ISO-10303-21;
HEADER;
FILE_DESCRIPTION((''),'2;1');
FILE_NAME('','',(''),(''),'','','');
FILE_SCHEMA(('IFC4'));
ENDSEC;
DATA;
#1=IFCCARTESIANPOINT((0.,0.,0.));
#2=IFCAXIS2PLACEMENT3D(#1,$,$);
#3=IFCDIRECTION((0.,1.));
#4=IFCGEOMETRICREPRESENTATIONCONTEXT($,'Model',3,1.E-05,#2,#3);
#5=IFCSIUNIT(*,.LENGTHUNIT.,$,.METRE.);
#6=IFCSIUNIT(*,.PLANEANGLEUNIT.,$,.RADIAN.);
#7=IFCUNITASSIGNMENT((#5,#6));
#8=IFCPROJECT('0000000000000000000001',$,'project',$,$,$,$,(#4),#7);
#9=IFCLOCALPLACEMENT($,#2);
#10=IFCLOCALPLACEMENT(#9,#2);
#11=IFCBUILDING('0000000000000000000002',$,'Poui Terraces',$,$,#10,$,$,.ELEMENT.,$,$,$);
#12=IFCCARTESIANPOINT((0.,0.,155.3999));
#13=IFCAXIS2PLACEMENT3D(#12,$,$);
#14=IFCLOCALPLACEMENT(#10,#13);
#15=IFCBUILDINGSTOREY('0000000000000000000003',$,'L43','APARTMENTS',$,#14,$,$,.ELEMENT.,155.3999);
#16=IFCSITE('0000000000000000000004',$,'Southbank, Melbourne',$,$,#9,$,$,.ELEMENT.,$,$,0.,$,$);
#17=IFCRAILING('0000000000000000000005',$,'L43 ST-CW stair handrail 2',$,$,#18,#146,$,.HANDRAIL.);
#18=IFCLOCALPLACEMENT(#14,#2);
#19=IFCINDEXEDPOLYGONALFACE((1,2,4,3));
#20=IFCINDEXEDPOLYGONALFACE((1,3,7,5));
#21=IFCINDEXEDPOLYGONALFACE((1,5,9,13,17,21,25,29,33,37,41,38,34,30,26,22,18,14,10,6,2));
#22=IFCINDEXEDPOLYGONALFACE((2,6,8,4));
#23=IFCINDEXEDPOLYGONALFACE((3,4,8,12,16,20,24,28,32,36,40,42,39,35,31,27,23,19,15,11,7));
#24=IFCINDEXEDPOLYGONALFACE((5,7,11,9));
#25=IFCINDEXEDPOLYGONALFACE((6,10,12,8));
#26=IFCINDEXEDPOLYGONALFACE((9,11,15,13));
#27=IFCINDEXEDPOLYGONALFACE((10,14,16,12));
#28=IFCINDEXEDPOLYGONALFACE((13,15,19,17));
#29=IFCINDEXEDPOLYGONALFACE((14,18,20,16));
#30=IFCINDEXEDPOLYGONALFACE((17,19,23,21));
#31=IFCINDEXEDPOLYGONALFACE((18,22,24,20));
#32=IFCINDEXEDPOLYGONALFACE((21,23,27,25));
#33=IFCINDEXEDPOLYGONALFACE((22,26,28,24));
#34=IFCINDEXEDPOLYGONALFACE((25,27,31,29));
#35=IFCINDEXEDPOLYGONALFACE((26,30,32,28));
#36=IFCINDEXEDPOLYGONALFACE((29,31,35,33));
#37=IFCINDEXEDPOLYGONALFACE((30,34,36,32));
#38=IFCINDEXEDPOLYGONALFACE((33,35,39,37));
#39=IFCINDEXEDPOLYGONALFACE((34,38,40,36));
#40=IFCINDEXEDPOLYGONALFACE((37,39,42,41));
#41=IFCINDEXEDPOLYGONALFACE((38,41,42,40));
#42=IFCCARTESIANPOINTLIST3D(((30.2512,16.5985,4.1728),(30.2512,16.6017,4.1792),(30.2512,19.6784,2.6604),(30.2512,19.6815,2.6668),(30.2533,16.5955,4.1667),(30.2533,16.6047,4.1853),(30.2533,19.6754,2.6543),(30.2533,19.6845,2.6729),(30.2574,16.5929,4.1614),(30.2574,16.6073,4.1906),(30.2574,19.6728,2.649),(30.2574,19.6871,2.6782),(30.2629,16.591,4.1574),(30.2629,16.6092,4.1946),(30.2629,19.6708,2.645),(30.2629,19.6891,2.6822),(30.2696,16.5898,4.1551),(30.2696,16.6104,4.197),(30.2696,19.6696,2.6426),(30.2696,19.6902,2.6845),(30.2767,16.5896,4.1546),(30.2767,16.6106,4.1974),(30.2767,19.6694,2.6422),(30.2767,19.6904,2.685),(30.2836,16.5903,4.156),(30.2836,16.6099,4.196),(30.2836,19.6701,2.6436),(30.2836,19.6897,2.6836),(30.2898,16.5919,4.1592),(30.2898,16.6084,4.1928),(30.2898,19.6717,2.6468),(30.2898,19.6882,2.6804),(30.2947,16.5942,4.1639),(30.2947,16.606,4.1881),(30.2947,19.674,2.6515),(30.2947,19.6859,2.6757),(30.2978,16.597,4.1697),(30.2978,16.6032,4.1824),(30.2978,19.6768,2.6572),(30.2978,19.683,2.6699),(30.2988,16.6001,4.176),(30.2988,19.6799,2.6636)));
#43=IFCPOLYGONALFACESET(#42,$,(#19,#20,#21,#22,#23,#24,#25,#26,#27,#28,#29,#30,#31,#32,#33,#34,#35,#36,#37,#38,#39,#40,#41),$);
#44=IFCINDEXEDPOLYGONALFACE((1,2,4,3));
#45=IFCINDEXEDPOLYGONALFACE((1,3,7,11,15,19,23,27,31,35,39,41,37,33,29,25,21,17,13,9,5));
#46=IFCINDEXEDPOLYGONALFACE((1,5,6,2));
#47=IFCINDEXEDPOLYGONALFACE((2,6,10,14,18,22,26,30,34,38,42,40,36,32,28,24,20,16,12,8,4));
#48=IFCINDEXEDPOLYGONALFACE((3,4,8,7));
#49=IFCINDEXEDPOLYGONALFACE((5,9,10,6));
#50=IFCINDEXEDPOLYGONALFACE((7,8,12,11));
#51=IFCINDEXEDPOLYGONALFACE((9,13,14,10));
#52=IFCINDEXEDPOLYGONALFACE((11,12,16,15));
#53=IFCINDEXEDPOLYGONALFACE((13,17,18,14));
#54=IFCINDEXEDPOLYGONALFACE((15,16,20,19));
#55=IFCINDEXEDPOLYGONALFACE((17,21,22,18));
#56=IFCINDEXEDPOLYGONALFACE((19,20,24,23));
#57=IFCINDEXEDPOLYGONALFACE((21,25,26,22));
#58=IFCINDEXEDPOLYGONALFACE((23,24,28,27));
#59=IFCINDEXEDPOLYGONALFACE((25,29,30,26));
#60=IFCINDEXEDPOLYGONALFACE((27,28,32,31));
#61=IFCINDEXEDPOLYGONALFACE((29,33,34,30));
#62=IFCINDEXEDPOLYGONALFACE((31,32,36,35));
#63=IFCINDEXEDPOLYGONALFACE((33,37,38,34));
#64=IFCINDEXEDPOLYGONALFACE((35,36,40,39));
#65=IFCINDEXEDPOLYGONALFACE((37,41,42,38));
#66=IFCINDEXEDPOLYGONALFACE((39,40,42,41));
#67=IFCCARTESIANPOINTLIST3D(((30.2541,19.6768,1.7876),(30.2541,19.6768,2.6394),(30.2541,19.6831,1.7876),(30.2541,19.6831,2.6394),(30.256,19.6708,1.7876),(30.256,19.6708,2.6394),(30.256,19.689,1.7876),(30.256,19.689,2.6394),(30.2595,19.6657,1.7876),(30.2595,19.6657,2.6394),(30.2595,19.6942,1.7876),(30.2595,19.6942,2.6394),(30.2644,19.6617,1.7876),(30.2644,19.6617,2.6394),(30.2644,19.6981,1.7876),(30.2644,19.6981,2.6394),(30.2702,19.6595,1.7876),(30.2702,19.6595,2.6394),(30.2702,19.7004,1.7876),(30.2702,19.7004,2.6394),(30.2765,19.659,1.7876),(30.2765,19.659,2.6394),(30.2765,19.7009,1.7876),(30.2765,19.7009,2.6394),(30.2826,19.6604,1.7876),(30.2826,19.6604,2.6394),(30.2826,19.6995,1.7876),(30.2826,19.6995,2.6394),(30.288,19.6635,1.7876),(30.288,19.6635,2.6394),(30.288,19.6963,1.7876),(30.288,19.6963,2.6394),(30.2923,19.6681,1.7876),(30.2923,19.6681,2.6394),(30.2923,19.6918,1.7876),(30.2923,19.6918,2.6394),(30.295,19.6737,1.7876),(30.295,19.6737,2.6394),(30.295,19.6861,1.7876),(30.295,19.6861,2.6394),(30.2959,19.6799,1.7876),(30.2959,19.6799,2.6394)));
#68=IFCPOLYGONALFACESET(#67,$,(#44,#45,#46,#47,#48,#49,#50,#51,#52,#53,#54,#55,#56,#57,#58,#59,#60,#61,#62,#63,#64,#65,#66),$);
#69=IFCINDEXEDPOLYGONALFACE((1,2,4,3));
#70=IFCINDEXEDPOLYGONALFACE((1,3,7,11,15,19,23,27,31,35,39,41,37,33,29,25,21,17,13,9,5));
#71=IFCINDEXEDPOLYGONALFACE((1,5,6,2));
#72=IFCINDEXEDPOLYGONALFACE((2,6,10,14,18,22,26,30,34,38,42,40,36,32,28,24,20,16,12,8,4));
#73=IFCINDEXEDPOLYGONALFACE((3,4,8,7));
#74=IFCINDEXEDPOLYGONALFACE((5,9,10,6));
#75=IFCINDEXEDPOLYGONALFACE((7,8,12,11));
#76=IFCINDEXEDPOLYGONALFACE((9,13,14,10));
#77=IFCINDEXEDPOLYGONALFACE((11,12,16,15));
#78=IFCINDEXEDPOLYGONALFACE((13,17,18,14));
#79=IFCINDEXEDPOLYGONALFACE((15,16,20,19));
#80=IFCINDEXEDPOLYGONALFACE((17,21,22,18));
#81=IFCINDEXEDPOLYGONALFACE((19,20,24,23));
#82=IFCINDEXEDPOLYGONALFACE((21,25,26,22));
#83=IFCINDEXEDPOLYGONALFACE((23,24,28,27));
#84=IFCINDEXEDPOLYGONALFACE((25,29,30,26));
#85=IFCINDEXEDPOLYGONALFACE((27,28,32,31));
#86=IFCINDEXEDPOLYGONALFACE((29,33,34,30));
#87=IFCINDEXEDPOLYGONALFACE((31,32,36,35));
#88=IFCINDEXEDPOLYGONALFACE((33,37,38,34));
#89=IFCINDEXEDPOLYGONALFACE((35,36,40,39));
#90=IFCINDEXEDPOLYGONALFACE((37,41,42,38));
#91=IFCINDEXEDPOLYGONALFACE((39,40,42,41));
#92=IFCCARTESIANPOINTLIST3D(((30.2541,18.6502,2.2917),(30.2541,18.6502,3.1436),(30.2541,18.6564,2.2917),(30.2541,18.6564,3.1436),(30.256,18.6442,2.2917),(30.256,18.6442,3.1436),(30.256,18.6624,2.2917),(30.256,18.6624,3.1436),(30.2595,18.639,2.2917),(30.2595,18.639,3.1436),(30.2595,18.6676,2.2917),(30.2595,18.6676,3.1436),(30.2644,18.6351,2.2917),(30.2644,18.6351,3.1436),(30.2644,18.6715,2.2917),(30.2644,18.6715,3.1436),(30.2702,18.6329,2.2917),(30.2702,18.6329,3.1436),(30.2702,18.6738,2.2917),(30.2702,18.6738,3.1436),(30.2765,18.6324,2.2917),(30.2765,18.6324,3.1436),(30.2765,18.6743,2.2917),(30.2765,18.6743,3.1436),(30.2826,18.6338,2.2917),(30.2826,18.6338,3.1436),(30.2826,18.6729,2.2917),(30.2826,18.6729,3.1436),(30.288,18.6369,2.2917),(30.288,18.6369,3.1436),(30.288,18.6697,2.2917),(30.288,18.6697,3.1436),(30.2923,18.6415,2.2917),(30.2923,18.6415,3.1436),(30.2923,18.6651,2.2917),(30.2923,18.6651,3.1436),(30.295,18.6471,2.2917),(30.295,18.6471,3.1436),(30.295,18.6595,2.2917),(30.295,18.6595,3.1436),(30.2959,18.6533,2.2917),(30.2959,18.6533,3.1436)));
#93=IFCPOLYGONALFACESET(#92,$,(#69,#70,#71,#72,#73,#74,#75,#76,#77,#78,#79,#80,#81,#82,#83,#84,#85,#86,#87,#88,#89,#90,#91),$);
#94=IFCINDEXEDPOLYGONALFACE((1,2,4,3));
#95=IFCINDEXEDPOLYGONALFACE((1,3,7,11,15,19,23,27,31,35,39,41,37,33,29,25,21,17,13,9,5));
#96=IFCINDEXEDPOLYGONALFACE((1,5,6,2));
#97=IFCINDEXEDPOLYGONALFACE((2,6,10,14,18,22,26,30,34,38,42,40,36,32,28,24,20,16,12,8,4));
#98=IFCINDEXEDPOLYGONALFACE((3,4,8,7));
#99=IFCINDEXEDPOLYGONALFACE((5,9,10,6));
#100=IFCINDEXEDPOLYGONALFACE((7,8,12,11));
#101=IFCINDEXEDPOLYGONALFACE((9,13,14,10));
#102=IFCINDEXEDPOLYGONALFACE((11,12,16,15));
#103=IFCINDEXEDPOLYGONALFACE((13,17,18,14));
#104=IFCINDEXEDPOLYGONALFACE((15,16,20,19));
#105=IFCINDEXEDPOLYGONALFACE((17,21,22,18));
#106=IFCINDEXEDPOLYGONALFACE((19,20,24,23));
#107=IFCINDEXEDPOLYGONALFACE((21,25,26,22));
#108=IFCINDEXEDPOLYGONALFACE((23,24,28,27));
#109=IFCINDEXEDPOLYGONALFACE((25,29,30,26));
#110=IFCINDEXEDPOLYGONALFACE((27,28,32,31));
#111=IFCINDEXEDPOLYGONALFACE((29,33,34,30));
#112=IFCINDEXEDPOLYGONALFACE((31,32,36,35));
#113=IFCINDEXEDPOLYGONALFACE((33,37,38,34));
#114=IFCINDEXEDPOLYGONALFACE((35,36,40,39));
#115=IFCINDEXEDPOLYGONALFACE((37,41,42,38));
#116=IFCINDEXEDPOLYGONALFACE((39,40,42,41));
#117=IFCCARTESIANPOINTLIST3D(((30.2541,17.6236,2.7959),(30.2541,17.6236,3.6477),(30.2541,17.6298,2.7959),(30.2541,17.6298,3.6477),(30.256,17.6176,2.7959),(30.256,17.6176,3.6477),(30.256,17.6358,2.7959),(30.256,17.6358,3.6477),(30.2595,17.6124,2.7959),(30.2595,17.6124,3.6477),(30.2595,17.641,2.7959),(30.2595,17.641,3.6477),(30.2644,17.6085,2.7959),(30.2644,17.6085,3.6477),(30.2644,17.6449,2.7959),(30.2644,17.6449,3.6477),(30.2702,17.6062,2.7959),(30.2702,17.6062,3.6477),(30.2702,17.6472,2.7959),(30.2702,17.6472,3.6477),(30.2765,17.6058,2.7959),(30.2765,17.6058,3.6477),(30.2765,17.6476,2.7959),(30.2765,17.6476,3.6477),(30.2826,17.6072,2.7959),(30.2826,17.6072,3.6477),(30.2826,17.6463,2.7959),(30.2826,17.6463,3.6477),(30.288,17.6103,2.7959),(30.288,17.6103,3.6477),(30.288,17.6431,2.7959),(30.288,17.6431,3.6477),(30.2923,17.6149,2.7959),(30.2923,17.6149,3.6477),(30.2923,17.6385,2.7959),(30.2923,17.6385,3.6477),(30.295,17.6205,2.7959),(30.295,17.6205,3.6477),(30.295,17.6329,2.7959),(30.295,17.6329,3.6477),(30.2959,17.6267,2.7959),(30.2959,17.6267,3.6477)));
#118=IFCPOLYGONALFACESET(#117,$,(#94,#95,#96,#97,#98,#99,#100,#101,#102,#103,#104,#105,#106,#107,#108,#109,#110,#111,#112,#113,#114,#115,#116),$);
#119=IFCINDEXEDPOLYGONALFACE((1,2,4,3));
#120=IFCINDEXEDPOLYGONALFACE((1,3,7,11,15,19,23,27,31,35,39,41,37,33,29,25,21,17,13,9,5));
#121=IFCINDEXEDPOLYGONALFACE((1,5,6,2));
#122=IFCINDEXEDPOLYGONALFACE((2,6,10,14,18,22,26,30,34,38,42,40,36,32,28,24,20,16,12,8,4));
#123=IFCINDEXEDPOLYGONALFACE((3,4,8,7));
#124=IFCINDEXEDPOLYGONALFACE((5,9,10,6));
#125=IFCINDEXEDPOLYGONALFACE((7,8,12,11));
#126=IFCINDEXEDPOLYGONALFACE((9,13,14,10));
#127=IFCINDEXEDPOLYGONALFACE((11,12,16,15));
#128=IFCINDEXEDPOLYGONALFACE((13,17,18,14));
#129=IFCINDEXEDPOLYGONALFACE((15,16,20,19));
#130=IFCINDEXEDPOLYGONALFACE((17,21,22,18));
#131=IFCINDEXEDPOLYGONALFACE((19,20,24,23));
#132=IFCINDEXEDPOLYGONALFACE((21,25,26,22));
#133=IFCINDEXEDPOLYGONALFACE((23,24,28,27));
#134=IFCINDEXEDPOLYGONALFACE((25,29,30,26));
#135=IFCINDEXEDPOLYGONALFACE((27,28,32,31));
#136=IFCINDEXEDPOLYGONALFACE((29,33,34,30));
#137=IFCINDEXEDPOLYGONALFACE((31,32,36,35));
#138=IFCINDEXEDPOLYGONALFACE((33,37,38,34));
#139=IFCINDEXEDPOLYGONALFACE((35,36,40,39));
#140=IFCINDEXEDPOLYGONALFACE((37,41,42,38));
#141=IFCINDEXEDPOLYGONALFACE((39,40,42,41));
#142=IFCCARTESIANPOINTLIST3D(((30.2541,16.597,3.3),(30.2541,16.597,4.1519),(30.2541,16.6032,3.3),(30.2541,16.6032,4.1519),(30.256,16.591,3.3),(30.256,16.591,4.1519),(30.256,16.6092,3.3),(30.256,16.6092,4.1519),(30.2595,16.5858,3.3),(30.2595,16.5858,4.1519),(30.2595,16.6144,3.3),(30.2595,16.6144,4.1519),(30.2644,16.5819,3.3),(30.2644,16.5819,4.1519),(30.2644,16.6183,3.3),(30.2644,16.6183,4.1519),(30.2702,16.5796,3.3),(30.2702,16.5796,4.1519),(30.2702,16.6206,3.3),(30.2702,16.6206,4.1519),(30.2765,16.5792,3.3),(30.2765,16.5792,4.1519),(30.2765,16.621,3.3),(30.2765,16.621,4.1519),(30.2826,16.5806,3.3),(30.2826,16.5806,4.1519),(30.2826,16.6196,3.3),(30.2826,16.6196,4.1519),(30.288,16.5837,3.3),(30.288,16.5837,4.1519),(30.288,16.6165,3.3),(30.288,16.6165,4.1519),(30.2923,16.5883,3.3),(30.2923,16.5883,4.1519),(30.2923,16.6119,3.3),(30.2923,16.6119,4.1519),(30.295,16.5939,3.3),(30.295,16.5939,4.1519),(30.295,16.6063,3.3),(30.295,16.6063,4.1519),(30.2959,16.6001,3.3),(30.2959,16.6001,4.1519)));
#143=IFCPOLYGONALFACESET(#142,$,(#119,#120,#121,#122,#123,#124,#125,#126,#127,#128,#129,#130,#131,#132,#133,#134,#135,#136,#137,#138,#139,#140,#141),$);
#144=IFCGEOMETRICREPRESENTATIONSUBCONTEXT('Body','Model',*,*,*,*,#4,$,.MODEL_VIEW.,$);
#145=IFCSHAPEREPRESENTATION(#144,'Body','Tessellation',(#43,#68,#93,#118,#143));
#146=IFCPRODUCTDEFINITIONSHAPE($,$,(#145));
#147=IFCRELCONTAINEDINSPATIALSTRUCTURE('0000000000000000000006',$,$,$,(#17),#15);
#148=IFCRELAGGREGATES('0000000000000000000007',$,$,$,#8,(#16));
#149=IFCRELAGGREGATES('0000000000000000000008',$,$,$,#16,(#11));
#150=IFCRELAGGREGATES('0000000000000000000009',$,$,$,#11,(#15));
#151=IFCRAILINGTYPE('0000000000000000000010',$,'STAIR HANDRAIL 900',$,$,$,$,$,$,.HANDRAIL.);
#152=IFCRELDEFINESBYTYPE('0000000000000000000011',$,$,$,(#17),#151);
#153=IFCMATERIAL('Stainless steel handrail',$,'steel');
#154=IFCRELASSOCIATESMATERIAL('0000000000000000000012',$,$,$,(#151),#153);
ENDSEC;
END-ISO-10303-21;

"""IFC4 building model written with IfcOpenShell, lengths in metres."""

from ifc_helpers import new_model, si_unit, direction, frame, origin, origin_2d, place, context, subcontext, project, spatial, circle, extrude, material, type_object, element, save


model = new_model("IFC4")

# Units and contexts
model_context = context("Model", 3, precision=1e-05, world=origin(), true_north=direction((0.0, 1.0)))
body_context = subcontext(model_context, "Body", "Model", "MODEL_VIEW")
ifc_project = project(units=[si_unit("LENGTHUNIT", "METRE"), si_unit("PLANEANGLEUNIT", "RADIAN")], contexts=[model_context])

# Site, building, storey
site_placement = place(None, origin())
site = spatial("IfcSite", under=ifc_project, at=site_placement, Name="Southbank, Melbourne", CompositionType="ELEMENT", RefElevation=0.0)
building_placement = place(site_placement, origin())
building = spatial("IfcBuilding", under=site, at=building_placement, Name="Poui Terraces", CompositionType="ELEMENT")
storey_placement = place(building_placement, frame((0.0, 0.0, 155.3999)))
storey = spatial("IfcBuildingStorey", under=building, at=storey_placement, Name="L43", Description="APARTMENTS", CompositionType="ELEMENT", Elevation=155.3999)

# Railing
ifc_material_1 = material(Name="Stainless steel handrail", Category="steel")
railing_type_1 = type_object("IfcRailingType", Name="STAIR HANDRAIL 900", PredefinedType="HANDRAIL", material=ifc_material_1)
railing_1_placement = place(storey_placement, frame((30.2749, 19.6799, 1.7876)))
element("IfcRailing", 1, at=railing_1_placement, inside=storey, type_object=railing_type_1, Name="L43 ST-CW stair handrail 2", PredefinedType="HANDRAIL", context=body_context, shape_type="SweptSolid", body=[
    extrude(circle(Radius=0.0239, at=origin_2d()), frame((0.0, 0.0, 0.876), z_axis=(0.0, -0.897606, 0.440798), x_axis=(1.0, 0.0, 0.0)), (0.0, 0.0, 1.0), 3.4312),
    extrude(circle(Radius=0.021, at=origin_2d()), origin(), (0.0, 0.0, 1.0), 0.8518),
    extrude(circle(Radius=0.021, at=origin_2d()), frame((0.0, -1.0266, 0.5042)), (0.0, 0.0, 1.0), 0.8518),
    extrude(circle(Radius=0.021, at=origin_2d()), frame((0.0, -2.0532, 1.0083)), (0.0, 0.0, 1.0), 0.8518),
    extrude(circle(Radius=0.021, at=origin_2d()), frame((0.0, -3.0798, 1.5125)), (0.0, 0.0, 1.0), 0.8518),
])

save(model, "model.ifc")
